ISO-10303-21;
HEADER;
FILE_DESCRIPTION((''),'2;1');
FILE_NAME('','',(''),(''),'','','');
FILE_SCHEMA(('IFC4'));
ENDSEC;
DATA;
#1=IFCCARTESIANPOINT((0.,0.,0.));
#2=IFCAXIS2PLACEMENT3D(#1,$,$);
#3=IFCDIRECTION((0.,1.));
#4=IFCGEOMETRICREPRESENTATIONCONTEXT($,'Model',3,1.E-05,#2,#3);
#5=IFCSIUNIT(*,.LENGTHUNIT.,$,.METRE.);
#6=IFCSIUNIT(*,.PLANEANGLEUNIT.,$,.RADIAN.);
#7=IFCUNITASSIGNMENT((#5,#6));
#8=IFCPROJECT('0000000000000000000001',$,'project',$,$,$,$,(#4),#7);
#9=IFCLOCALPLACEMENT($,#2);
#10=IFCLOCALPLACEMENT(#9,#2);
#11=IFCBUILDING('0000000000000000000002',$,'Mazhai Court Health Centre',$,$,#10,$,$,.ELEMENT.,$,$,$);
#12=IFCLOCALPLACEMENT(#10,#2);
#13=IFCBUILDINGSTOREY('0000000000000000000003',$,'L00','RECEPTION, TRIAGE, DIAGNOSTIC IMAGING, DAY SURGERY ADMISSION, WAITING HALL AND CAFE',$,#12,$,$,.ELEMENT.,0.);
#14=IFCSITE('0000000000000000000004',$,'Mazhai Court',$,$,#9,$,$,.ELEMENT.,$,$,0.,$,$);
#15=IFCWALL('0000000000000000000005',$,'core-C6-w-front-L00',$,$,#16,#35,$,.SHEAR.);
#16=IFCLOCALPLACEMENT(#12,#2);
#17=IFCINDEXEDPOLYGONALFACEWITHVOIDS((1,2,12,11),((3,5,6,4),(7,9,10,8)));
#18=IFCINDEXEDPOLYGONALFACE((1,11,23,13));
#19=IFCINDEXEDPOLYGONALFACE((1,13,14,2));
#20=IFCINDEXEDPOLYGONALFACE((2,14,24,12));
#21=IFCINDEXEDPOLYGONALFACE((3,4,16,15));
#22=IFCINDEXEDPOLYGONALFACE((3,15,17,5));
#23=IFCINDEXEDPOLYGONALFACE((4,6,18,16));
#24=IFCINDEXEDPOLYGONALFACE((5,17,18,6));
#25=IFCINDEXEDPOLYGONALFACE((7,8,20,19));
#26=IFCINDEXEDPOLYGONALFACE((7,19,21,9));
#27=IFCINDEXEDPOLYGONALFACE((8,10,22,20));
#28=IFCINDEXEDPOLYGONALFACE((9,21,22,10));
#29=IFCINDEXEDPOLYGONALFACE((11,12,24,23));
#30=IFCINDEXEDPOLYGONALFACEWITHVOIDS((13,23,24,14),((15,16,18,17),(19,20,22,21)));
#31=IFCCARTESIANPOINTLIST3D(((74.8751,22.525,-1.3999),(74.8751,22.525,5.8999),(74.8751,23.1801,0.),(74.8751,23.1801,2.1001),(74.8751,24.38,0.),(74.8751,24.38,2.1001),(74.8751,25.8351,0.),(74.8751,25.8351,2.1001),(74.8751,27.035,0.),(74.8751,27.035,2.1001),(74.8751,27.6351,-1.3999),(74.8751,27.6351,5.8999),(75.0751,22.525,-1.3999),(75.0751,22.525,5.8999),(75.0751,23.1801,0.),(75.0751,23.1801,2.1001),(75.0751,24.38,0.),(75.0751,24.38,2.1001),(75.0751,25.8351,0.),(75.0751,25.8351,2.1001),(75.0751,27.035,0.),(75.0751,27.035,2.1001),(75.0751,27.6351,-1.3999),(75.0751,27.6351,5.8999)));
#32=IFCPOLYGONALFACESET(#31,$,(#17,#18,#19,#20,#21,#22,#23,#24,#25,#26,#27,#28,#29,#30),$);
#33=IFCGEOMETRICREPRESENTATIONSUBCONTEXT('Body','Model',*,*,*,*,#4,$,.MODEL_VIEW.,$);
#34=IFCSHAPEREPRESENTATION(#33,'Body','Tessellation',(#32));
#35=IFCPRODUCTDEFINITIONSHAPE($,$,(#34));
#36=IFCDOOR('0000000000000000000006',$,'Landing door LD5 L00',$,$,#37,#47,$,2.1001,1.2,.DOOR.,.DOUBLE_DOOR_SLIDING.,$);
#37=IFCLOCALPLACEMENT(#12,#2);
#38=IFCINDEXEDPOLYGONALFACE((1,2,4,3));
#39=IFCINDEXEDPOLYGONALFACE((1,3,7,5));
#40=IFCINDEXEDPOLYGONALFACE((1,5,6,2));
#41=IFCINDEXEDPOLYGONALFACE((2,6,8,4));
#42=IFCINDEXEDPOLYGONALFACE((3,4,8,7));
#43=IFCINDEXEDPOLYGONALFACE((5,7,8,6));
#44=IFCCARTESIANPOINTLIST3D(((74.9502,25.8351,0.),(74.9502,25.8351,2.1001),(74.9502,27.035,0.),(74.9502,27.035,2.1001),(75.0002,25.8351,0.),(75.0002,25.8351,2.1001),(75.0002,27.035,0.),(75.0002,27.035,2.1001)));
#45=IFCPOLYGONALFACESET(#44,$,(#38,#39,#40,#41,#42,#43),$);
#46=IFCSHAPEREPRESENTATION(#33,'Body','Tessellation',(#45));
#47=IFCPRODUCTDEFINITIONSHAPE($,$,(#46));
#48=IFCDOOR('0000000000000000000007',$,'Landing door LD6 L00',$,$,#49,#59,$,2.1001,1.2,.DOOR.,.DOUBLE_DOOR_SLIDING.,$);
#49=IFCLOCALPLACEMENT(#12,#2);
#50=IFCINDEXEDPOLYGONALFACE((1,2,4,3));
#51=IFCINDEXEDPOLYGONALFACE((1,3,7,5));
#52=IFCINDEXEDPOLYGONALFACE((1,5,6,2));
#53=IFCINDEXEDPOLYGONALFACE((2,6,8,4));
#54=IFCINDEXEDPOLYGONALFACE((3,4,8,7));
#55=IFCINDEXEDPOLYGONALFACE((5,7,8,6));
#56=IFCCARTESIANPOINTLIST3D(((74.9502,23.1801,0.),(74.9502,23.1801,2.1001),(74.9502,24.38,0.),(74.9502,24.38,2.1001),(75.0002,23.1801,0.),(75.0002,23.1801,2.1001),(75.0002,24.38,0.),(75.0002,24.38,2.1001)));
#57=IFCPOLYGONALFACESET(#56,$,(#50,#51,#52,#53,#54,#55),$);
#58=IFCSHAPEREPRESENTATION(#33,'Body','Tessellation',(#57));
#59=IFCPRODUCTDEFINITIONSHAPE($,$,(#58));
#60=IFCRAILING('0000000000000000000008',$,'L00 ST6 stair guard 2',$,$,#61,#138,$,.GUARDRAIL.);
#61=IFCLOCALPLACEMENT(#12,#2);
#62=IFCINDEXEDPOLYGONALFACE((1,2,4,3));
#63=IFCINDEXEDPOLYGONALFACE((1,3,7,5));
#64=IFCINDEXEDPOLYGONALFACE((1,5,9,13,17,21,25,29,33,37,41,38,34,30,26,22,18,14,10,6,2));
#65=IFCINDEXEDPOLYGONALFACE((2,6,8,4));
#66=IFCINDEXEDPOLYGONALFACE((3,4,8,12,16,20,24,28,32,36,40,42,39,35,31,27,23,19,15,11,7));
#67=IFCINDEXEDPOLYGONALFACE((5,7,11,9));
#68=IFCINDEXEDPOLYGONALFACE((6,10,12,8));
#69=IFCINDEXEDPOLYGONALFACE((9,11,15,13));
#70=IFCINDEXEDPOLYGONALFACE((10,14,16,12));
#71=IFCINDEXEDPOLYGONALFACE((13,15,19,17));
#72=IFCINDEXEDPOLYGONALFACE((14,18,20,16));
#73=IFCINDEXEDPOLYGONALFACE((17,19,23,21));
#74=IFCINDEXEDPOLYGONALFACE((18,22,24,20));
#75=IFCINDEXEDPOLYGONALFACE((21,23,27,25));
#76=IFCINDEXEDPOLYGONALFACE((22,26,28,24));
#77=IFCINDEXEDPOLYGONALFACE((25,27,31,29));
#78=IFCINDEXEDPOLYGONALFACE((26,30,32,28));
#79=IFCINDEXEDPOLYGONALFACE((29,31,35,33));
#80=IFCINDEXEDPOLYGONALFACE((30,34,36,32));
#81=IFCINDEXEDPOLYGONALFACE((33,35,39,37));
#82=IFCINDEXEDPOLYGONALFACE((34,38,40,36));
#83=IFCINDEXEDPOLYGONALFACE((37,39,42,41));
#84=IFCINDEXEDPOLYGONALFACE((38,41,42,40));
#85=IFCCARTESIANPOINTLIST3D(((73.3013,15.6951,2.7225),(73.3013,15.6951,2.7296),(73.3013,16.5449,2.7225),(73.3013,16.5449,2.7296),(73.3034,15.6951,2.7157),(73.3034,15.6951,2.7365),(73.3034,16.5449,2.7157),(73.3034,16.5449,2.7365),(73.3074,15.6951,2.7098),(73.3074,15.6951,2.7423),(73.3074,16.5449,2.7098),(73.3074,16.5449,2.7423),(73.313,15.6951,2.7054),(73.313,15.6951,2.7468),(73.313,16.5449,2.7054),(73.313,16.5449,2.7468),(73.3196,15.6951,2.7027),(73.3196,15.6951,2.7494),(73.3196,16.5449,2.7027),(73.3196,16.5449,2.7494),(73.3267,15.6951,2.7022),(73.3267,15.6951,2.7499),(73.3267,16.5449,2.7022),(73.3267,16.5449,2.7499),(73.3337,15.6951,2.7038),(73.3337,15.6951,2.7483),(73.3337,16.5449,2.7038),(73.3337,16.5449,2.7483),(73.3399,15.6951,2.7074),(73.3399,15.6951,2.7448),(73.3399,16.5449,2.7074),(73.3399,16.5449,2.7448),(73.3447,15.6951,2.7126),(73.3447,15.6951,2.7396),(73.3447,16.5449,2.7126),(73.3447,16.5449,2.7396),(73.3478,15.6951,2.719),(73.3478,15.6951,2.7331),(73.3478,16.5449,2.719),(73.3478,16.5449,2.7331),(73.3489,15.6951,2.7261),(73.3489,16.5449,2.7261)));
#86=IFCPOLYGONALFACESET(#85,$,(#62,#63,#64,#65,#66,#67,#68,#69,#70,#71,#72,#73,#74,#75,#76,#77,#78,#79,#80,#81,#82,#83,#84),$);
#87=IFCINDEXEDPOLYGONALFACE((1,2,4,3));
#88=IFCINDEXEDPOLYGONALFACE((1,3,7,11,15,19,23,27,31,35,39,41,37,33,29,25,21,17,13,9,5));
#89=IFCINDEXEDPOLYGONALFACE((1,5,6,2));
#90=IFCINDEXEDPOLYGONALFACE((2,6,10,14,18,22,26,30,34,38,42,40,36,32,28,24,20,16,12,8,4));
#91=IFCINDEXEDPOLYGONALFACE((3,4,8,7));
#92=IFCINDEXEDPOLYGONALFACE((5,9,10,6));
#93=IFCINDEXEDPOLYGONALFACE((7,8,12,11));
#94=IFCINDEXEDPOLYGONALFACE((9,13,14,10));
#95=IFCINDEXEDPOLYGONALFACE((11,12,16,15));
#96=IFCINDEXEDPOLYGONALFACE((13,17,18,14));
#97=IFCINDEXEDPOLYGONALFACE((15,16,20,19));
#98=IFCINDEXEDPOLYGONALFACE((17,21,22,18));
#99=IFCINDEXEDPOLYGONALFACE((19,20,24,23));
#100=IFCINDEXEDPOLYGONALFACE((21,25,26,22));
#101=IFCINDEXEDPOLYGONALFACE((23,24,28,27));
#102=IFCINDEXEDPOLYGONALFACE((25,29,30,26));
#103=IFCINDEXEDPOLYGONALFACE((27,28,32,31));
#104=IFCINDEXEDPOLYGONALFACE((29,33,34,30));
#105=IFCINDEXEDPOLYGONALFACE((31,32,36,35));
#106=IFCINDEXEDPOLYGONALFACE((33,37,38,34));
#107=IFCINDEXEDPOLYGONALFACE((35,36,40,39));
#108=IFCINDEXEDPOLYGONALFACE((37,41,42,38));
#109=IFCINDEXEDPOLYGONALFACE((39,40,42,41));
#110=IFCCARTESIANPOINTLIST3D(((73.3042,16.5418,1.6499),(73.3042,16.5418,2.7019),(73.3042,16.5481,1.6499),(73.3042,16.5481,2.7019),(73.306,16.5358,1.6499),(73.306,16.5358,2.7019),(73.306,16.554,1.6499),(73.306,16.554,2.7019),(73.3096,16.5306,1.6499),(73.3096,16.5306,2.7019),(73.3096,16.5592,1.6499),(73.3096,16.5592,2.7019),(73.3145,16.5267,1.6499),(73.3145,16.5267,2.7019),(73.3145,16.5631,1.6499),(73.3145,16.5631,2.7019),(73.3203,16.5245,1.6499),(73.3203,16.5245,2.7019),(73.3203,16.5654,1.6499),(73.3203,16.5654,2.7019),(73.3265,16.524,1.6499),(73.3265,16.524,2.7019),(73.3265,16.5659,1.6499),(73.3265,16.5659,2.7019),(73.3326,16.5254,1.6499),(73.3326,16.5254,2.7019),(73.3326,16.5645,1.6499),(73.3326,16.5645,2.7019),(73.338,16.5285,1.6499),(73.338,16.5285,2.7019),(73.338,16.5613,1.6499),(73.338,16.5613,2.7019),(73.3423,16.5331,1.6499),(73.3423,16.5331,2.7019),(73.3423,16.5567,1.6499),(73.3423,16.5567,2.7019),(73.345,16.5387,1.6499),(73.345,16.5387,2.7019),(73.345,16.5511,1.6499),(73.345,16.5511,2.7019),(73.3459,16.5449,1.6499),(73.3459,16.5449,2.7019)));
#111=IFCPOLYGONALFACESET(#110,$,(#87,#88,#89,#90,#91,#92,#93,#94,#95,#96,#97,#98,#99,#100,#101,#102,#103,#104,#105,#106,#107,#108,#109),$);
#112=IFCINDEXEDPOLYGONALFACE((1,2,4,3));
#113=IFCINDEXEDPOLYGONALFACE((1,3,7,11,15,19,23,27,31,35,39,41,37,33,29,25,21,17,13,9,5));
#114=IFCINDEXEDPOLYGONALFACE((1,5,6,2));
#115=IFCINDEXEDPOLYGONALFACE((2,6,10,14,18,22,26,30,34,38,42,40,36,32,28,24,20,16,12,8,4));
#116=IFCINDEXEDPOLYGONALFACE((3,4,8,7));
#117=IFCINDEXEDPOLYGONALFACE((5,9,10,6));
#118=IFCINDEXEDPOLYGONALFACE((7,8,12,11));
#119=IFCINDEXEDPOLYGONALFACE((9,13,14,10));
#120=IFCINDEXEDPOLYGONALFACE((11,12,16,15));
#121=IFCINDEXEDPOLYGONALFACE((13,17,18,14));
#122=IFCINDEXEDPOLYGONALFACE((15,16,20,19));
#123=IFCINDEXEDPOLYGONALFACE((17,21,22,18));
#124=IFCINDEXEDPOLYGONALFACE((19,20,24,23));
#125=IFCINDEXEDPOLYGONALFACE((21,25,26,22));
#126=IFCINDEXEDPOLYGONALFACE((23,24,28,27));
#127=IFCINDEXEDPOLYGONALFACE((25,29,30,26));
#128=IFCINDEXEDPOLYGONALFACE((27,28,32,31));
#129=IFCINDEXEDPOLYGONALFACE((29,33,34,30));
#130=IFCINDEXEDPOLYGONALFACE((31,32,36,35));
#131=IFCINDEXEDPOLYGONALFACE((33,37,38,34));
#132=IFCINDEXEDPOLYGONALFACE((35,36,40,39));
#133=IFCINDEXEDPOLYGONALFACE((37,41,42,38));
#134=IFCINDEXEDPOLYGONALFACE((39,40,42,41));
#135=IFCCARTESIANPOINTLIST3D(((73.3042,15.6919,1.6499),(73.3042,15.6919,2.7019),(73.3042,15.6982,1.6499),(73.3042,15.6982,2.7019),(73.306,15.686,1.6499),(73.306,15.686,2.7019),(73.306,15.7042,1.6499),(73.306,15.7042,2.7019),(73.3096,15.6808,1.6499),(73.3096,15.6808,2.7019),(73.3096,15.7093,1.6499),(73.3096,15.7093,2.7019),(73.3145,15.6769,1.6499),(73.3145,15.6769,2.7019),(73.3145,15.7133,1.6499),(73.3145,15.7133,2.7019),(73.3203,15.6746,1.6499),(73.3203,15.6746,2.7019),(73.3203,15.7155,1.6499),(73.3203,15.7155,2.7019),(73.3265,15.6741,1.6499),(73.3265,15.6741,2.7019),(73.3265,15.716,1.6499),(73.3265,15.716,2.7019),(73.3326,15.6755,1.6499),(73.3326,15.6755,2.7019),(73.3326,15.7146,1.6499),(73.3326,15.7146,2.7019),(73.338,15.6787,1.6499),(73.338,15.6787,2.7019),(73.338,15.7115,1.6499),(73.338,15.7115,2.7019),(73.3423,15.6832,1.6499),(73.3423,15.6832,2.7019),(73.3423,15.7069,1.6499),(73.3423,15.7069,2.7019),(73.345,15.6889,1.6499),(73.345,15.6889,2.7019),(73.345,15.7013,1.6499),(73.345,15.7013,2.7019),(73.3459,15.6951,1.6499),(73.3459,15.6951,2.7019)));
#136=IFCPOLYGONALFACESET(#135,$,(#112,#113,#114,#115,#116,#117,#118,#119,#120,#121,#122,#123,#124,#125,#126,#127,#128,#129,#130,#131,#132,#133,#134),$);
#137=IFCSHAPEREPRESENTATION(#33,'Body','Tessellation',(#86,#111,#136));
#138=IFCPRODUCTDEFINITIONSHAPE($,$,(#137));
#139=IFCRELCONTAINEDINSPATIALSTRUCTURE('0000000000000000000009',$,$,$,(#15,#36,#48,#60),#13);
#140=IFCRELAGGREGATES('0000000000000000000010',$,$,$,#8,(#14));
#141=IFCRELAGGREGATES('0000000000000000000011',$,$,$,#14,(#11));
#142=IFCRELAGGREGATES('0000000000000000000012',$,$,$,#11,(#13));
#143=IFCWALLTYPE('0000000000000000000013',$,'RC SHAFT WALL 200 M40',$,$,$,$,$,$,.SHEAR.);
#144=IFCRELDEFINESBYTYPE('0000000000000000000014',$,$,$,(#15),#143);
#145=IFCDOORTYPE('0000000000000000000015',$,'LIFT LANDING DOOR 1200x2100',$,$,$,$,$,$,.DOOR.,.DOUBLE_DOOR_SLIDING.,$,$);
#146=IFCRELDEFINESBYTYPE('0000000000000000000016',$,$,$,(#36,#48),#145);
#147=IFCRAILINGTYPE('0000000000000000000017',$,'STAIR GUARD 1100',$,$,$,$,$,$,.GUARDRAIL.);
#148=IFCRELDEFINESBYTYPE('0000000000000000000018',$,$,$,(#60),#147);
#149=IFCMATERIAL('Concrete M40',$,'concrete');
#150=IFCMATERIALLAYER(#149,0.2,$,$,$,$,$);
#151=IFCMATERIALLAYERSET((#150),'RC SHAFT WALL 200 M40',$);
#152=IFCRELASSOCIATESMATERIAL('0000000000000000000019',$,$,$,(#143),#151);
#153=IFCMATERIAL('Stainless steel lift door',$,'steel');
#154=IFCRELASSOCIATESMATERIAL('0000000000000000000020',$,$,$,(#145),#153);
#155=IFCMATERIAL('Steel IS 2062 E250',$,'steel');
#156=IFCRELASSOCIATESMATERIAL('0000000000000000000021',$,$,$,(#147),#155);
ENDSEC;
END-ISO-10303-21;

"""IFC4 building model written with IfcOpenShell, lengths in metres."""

from ifc_helpers import new_model, si_unit, direction, frame, frame_2d, origin, origin_2d, place, context, subcontext, project, spatial, rectangle, circle, extrude, material, layer, layer_set, type_object, element, fill, save


model = new_model("IFC4")

# Units and contexts
model_context = context("Model", 3, precision=1e-05, world=origin(), true_north=direction((0.0, 1.0)))
body_context = subcontext(model_context, "Body", "Model", "MODEL_VIEW")
ifc_project = project(units=[si_unit("LENGTHUNIT", "METRE"), si_unit("PLANEANGLEUNIT", "RADIAN")], contexts=[model_context])

# Site, building, storey
site_placement = place(None, origin())
site = spatial("IfcSite", under=ifc_project, at=site_placement, Name="Mazhai Court", CompositionType="ELEMENT", RefElevation=0.0)
building_placement = place(site_placement, origin())
building = spatial("IfcBuilding", under=site, at=building_placement, Name="Mazhai Court Health Centre", CompositionType="ELEMENT")
storey_placement = place(building_placement, origin())
storey = spatial("IfcBuildingStorey", under=building, at=storey_placement, Name="L00", Description="RECEPTION, TRIAGE, DIAGNOSTIC IMAGING, DAY SURGERY ADMISSION, WAITING HALL AND CAFE", CompositionType="ELEMENT", Elevation=0.0)

# Wall, openings, doors
ifc_material_1 = material(Name="Concrete M40", Category="concrete")
ifc_layer = layer(ifc_material_1, 0.2)
ifc_layer_set = layer_set([ifc_layer], Name="RC SHAFT WALL 200 M40")
wall_type = type_object("IfcWallType", Name="RC SHAFT WALL 200 M40", PredefinedType="SHEAR", material=ifc_layer_set)
wall_placement = place(storey_placement, frame((74.9751, 22.5249, -1.3999), z_axis=(0.0, 0.0, 1.0), x_axis=(0.0, 1.0, 0.0)))
wall = element("IfcWall", 1, at=wall_placement, inside=storey, type_object=wall_type, Name="core-C6-w-front-L00", PredefinedType="SHEAR", context=body_context, shape_type="SweptSolid", body=[
    extrude(rectangle(XDim=5.1101, YDim=0.2, at=frame_2d((2.5552, 0.0))), origin(), (0.0, 0.0, 1.0), 7.2998),
])
opening_1_placement = place(wall_placement, frame((3.3101, 0.0, 1.3999)))
opening_1 = element("IfcOpeningElement", 2, at=opening_1_placement, cuts=wall, PredefinedType="OPENING", context=body_context, shape_type="SweptSolid", body=[
    extrude(rectangle(XDim=1.2, YDim=2.1001, at=frame_2d((0.6001, 1.05))), frame((0.0, 0.1099, 0.0), z_axis=(0.0, -1.0, 0.0), x_axis=(1.0, 0.0, 0.0)), (0.0, 0.0, 1.0), 0.22),
])
opening_2_placement = place(wall_placement, frame((0.655, 0.0, 1.3999)))
opening_2 = element("IfcOpeningElement", 3, at=opening_2_placement, cuts=wall, PredefinedType="OPENING", context=body_context, shape_type="SweptSolid", body=[
    extrude(rectangle(XDim=1.2, YDim=2.1001, at=frame_2d((0.6001, 1.05))), frame((0.0, 0.1099, 0.0), z_axis=(0.0, -1.0, 0.0), x_axis=(1.0, 0.0, 0.0)), (0.0, 0.0, 1.0), 0.22),
])
ifc_material_2 = material(Name="Stainless steel lift door", Category="steel")
door_type = type_object("IfcDoorType", Name="LIFT LANDING DOOR 1200x2100", OperationType="DOUBLE_DOOR_SLIDING", PredefinedType="DOOR", material=ifc_material_2)
door_1_placement = place(opening_1_placement, origin())
door_1 = element("IfcDoor", 4, at=door_1_placement, inside=storey, type_object=door_type, Name="Landing door LD5 L00", OperationType="DOUBLE_DOOR_SLIDING", OverallHeight=2.1001, OverallWidth=1.2, PredefinedType="DOOR", context=body_context, shape_type="SweptSolid", body=[
    extrude(rectangle(XDim=1.2, YDim=2.1001, at=frame_2d((0.6001, 1.05))), frame((0.0, 0.0249, 0.0), z_axis=(0.0, -1.0, 0.0), x_axis=(1.0, 0.0, 0.0)), (0.0, 0.0, 1.0), 0.05),
])
fill(opening_1, door_1)
door_2_placement = place(opening_2_placement, origin())
door_2 = element("IfcDoor", 5, at=door_2_placement, inside=storey, type_object=door_type, Name="Landing door LD6 L00", OperationType="DOUBLE_DOOR_SLIDING", OverallHeight=2.1001, OverallWidth=1.2, PredefinedType="DOOR", context=body_context, shape_type="SweptSolid", body=[
    extrude(rectangle(XDim=1.2, YDim=2.1001, at=frame_2d((0.6001, 1.05))), frame((0.0, 0.0249, 0.0), z_axis=(0.0, -1.0, 0.0), x_axis=(1.0, 0.0, 0.0)), (0.0, 0.0, 1.0), 0.05),
])
fill(opening_2, door_2)

# Railing
ifc_material_3 = material(Name="Steel IS 2062 E250", Category="steel")
railing_type_1 = type_object("IfcRailingType", Name="STAIR GUARD 1100", PredefinedType="GUARDRAIL", material=ifc_material_3)
railing_1_placement = place(storey_placement, frame((73.325, 16.5449, 1.6499)))
element("IfcRailing", 6, at=railing_1_placement, inside=storey, type_object=railing_type_1, Name="L00 ST6 stair guard 2", PredefinedType="GUARDRAIL", context=body_context, shape_type="SweptSolid", body=[
    extrude(circle(Radius=0.0239, at=origin_2d()), frame((0.0, 0.0, 1.0762), z_axis=(0.0, -1.0, 0.0), x_axis=(1.0, 0.0, 0.0)), (0.0, 0.0, 1.0), 0.8499),
    extrude(circle(Radius=0.021, at=origin_2d()), origin(), (0.0, 0.0, 1.0), 1.052),
    extrude(circle(Radius=0.021, at=origin_2d()), frame((0.0, -0.8499, 0.0)), (0.0, 0.0, 1.0), 1.052),
])

save(model, "model.ifc")
